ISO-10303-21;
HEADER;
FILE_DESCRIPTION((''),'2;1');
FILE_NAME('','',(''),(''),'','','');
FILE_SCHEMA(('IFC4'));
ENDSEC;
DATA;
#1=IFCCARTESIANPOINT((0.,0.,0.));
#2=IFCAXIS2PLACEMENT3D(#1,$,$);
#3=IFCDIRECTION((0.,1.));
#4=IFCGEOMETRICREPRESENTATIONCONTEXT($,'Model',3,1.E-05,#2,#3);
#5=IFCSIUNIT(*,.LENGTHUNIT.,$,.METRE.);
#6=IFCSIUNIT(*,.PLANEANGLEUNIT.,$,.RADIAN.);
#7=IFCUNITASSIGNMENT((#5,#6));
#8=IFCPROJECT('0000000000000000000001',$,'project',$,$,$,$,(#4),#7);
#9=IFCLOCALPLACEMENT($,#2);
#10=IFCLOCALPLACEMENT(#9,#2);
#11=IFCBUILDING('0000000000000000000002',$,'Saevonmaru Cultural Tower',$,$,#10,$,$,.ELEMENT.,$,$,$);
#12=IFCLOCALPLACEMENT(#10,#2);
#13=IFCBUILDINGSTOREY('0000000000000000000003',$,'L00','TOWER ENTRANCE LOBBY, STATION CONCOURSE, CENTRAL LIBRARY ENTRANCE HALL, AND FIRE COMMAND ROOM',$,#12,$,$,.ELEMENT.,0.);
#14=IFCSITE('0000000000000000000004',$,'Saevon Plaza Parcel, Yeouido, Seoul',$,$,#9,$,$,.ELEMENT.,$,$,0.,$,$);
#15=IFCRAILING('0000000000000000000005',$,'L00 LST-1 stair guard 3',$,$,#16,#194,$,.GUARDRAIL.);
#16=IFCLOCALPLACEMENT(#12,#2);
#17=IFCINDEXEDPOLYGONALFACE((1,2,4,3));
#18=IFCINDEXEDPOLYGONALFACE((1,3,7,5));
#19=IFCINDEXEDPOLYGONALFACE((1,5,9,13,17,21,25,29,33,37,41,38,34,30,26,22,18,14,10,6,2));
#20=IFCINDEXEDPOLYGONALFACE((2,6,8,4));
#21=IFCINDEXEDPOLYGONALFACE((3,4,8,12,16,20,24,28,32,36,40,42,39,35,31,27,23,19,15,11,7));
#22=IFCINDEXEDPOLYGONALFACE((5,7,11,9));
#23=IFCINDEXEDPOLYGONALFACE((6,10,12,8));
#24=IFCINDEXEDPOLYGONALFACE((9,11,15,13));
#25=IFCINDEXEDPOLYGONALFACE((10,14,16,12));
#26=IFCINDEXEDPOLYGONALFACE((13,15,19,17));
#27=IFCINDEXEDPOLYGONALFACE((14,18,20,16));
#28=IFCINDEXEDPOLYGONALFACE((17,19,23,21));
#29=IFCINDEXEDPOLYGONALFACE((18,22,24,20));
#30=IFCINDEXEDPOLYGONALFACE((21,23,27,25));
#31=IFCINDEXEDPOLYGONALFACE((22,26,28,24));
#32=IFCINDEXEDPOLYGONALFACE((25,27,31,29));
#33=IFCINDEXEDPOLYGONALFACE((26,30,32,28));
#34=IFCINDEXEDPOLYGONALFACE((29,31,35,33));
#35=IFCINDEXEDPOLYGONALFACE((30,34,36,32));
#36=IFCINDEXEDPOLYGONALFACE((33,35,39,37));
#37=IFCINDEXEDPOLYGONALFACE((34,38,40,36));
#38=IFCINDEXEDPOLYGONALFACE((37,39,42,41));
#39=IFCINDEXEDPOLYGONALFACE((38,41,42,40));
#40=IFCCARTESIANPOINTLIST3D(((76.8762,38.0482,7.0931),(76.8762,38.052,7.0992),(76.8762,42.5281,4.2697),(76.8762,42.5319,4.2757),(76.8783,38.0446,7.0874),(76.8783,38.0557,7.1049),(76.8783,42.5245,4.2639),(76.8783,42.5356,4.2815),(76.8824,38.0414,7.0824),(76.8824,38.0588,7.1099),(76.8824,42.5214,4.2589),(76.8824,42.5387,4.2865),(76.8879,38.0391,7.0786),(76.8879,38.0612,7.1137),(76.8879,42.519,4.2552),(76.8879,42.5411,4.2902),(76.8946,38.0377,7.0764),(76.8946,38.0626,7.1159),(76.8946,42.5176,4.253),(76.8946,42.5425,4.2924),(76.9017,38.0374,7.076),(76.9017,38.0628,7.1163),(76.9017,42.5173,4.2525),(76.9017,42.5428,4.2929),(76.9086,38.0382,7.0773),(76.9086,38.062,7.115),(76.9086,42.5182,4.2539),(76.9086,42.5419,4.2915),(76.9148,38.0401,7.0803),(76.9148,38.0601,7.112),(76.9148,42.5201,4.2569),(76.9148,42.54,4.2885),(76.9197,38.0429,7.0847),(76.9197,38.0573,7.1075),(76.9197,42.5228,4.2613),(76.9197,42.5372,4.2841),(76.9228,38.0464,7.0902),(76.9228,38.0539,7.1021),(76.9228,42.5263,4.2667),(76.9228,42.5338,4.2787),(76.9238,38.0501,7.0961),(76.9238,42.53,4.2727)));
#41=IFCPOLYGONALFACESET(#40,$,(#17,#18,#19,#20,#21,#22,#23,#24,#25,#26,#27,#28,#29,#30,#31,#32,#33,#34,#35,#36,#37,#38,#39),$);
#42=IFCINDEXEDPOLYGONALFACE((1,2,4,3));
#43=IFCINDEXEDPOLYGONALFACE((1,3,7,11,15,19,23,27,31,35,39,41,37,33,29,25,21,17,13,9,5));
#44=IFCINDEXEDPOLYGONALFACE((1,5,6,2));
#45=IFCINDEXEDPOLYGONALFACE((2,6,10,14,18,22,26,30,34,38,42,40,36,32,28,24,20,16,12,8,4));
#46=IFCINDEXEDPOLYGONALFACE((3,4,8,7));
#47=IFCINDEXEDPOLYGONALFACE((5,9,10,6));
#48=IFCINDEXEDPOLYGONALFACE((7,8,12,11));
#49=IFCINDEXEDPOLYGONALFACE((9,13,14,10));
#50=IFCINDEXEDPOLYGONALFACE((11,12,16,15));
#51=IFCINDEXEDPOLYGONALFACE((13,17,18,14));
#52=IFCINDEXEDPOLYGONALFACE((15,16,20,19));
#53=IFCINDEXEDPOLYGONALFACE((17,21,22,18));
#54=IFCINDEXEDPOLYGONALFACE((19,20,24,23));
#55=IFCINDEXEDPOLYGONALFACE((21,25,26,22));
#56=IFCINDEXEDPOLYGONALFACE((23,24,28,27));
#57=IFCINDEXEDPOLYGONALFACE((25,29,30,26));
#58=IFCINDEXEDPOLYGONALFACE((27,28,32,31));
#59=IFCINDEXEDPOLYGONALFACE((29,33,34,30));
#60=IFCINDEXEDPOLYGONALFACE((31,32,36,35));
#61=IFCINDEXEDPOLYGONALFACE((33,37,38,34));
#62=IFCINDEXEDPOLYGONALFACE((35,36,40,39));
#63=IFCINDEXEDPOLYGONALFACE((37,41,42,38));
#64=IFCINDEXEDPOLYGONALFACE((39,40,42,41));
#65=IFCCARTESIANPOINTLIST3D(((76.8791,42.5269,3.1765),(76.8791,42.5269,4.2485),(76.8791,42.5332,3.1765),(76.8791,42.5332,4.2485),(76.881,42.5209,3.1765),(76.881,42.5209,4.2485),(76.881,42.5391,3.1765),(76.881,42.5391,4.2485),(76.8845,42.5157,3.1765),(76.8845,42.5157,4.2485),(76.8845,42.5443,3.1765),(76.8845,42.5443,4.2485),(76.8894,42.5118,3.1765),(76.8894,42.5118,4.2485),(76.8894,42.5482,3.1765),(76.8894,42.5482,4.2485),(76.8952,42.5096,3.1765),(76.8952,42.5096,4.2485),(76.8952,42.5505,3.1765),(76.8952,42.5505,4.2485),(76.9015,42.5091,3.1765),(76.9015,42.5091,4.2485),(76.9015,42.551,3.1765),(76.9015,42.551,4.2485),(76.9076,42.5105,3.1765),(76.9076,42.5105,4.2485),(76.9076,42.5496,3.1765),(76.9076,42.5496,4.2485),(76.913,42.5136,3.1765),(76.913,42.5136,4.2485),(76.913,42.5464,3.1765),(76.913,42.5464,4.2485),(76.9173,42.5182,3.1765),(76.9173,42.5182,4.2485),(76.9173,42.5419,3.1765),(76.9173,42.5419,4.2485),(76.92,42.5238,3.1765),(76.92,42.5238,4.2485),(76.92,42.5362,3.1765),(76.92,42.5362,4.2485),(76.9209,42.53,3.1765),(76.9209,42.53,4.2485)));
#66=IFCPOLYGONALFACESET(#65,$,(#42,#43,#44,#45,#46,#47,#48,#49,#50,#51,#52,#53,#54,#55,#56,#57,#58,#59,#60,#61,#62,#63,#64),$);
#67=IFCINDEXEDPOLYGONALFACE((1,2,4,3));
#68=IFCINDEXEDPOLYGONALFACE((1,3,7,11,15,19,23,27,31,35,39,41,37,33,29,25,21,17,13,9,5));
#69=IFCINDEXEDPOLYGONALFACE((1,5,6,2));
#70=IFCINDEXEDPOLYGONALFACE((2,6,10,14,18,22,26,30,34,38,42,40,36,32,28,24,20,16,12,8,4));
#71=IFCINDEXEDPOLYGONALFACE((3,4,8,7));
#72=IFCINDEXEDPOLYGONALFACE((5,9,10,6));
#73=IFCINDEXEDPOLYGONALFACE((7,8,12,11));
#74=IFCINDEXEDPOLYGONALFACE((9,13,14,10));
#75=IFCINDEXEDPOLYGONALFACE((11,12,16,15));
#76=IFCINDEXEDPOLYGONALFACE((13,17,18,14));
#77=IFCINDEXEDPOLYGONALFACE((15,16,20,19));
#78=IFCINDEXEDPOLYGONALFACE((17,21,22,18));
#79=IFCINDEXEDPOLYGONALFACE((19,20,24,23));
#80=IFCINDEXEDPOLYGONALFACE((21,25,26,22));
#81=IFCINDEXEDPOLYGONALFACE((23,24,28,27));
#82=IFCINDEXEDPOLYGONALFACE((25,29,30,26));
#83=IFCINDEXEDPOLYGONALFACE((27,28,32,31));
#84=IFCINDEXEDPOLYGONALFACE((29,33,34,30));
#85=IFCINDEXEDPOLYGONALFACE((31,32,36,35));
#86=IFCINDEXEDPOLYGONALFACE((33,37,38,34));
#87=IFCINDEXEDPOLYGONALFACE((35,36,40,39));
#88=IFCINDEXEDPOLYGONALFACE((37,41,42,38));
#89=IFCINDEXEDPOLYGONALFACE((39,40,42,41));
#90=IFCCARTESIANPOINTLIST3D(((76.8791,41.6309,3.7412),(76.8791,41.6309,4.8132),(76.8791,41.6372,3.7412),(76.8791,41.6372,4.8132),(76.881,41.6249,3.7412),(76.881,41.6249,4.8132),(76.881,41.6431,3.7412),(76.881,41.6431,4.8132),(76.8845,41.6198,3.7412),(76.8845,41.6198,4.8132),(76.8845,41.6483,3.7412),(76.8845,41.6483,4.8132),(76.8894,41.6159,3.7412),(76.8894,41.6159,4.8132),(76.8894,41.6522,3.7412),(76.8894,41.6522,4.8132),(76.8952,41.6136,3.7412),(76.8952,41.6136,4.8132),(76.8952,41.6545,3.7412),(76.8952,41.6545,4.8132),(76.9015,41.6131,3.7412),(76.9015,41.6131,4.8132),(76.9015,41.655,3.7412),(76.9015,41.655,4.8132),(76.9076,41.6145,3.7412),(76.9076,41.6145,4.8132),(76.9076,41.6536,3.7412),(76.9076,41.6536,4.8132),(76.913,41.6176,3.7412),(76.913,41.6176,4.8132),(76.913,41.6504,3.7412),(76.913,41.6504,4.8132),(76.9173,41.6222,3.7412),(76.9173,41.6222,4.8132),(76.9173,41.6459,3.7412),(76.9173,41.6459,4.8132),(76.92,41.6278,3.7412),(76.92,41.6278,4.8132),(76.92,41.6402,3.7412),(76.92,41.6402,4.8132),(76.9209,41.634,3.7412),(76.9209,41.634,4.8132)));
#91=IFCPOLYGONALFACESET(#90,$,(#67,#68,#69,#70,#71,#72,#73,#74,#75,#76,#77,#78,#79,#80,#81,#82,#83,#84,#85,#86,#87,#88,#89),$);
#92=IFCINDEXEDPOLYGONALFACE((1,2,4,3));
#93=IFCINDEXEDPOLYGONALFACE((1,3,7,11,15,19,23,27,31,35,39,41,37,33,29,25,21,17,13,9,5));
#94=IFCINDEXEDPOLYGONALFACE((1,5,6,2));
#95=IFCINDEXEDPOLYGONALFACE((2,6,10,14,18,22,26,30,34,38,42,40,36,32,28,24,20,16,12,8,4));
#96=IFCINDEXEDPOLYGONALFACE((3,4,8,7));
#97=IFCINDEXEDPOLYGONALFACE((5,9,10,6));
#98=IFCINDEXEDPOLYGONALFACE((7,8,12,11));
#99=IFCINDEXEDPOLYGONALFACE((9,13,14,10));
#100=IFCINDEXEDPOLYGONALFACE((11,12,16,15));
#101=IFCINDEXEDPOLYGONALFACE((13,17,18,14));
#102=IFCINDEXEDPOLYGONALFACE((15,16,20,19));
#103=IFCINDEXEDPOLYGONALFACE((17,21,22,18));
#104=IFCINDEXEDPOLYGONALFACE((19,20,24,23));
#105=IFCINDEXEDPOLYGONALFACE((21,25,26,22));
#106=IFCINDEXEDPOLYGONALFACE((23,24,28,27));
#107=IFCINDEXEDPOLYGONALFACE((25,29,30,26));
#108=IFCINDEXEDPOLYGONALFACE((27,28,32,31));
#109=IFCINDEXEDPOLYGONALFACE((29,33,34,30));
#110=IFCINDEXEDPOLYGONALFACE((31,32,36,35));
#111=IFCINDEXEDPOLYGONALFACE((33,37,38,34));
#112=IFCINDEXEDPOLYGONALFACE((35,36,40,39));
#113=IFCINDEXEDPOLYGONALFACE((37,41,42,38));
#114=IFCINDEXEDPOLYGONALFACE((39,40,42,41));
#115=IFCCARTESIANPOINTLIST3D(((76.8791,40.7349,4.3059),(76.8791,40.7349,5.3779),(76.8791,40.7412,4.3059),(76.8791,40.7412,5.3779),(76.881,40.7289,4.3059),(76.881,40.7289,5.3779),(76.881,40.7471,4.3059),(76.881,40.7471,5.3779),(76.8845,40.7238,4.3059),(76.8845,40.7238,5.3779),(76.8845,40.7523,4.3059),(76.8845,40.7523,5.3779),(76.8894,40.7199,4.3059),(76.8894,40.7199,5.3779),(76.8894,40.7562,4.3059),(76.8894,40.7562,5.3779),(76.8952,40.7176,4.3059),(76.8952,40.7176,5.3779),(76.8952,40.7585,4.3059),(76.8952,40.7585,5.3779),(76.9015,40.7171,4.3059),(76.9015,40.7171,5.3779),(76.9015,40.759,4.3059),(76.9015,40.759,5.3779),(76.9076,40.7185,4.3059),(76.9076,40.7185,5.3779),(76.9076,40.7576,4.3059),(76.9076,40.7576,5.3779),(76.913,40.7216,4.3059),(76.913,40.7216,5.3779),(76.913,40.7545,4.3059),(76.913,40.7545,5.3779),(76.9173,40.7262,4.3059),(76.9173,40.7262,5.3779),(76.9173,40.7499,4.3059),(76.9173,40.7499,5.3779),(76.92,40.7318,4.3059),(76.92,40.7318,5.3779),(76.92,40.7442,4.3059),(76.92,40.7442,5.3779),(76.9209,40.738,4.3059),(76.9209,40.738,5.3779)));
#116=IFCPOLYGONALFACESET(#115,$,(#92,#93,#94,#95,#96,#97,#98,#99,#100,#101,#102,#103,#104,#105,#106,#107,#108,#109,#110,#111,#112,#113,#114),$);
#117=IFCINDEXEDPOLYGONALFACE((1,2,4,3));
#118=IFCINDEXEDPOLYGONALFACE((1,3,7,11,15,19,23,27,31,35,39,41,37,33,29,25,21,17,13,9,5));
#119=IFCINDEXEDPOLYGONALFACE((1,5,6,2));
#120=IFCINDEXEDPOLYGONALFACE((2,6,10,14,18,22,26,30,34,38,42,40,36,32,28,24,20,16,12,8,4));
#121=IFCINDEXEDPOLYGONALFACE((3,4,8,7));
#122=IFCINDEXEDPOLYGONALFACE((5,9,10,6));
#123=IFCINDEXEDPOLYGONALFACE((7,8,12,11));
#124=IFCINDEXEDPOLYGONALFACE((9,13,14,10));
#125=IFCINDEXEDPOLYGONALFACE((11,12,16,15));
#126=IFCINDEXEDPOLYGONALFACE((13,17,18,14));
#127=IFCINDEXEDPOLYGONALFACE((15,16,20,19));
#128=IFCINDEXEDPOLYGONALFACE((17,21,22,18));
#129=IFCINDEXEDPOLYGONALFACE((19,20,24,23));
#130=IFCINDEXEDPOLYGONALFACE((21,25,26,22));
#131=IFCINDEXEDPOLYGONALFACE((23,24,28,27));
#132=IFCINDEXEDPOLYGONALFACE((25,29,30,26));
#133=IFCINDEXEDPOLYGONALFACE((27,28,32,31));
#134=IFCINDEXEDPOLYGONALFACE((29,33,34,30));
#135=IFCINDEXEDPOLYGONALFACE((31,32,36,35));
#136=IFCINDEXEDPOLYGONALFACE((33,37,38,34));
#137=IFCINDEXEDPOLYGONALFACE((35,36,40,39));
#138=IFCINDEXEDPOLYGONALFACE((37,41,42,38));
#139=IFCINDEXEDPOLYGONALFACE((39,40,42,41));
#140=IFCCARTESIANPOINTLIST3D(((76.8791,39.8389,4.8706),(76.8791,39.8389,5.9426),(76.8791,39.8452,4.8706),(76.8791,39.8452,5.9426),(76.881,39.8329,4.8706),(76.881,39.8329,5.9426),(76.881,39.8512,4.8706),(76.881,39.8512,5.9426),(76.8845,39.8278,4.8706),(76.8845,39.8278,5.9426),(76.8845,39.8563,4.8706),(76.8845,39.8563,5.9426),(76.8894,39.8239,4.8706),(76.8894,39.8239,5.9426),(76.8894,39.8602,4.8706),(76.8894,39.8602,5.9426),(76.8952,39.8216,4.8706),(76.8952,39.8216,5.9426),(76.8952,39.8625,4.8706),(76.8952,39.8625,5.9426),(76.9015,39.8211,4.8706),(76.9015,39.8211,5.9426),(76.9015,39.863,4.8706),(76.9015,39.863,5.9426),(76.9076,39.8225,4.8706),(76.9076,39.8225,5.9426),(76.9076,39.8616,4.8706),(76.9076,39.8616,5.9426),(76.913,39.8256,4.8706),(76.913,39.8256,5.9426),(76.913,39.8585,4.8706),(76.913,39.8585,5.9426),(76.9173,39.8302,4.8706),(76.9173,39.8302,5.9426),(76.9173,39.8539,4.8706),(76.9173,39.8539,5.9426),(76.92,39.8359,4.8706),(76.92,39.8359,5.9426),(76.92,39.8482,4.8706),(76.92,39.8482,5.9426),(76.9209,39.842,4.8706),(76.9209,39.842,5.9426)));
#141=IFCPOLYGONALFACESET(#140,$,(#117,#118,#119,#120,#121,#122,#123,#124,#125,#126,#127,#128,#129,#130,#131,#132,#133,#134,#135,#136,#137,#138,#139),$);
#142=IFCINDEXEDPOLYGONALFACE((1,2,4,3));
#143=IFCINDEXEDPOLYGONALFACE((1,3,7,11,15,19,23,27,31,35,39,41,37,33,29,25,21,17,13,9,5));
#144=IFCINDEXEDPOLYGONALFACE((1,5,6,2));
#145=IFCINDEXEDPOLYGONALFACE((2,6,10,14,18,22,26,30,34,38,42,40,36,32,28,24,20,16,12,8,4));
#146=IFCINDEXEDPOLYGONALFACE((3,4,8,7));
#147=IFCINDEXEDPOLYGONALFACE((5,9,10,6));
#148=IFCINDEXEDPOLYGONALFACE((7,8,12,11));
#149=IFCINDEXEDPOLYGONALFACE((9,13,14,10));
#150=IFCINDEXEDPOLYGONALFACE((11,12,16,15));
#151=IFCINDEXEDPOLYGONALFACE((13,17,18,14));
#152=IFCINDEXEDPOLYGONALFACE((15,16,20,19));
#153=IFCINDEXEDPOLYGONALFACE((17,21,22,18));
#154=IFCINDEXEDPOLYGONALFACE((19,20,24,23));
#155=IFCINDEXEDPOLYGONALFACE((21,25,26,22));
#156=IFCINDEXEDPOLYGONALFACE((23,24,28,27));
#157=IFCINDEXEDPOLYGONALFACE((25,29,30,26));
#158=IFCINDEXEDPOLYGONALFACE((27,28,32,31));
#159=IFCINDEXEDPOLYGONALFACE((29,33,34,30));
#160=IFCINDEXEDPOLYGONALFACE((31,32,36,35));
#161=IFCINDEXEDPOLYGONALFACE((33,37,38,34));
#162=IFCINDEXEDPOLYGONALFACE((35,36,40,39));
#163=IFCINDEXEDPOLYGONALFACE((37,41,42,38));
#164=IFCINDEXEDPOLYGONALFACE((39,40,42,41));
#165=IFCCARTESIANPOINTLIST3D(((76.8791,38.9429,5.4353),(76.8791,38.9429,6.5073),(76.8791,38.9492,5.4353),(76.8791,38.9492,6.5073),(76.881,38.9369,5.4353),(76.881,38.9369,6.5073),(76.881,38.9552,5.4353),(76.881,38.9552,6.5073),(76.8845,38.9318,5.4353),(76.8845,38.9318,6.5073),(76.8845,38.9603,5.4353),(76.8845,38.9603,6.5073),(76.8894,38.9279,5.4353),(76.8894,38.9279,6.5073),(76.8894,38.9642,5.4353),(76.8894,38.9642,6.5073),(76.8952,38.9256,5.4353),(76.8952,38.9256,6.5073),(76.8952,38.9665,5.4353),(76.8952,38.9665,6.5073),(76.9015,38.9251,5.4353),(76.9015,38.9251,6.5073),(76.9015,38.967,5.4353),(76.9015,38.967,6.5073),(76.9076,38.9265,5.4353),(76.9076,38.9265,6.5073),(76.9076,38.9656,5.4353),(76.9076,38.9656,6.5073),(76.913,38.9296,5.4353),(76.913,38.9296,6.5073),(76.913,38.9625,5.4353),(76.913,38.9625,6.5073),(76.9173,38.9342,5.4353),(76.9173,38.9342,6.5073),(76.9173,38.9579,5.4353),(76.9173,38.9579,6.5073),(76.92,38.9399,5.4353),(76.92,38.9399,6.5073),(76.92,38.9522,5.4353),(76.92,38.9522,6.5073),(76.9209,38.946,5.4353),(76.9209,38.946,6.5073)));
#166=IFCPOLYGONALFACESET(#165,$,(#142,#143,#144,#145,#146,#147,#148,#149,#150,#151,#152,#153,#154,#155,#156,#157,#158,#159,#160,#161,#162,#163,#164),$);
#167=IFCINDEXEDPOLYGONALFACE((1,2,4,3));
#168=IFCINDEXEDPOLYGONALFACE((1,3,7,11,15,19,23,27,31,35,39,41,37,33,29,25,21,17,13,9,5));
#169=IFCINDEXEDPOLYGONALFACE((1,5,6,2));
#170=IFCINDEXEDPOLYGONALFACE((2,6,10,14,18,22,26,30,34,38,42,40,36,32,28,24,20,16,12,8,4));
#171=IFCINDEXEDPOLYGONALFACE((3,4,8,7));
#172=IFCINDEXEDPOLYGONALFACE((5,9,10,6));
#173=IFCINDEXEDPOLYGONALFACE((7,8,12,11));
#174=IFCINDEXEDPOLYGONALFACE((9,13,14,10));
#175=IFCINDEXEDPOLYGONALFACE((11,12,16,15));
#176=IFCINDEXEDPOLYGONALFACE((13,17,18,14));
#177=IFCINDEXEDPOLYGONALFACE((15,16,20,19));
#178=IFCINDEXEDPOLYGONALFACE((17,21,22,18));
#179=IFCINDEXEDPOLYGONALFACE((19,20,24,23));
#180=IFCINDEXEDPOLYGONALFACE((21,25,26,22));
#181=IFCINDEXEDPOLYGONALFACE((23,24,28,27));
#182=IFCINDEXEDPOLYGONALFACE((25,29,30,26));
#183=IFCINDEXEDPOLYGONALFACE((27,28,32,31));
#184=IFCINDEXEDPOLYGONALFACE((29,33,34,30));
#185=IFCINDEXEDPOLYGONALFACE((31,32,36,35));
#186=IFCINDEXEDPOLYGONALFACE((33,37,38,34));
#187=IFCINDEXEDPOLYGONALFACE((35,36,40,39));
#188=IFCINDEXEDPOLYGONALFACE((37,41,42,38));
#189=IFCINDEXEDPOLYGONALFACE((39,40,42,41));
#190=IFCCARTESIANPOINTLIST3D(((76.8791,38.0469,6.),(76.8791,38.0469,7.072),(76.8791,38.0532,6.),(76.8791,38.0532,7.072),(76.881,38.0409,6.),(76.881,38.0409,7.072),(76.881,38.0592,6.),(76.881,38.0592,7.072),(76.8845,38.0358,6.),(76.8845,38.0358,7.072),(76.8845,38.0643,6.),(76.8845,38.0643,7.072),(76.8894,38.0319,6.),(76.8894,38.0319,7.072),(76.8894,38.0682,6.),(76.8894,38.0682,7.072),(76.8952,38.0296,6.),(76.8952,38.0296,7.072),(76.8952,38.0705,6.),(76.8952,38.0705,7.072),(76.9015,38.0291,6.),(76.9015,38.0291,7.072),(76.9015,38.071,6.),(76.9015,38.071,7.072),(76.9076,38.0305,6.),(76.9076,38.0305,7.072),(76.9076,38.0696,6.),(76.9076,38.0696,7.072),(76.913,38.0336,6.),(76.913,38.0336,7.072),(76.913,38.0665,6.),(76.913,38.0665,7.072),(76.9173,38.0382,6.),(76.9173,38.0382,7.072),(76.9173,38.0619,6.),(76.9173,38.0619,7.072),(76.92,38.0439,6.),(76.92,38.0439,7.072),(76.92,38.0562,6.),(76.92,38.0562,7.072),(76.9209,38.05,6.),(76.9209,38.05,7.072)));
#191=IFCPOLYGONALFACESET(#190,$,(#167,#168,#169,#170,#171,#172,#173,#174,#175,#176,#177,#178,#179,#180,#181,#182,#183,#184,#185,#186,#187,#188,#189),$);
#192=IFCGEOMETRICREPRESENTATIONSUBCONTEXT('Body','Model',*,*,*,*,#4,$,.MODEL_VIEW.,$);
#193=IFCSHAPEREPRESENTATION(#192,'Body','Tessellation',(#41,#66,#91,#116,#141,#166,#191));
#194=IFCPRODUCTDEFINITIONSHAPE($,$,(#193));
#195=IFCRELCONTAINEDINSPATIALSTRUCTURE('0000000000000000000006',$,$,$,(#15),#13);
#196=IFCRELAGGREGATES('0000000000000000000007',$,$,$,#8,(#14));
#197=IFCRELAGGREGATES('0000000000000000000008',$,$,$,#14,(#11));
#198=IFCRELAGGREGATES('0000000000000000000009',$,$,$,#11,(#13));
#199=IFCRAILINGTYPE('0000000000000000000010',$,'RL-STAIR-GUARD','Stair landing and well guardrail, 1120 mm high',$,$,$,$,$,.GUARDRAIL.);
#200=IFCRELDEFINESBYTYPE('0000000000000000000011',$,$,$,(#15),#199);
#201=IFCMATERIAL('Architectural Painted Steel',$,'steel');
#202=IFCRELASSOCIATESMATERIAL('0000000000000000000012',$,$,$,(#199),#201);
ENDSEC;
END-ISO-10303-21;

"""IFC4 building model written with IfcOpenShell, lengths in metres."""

from ifc_helpers import new_model, si_unit, direction, frame, origin, origin_2d, place, context, subcontext, project, spatial, circle, extrude, material, type_object, element, save


model = new_model("IFC4")

# Units and contexts
model_context = context("Model", 3, precision=1e-05, world=origin(), true_north=direction((0.0, 1.0)))
body_context = subcontext(model_context, "Body", "Model", "MODEL_VIEW")
ifc_project = project(units=[si_unit("LENGTHUNIT", "METRE"), si_unit("PLANEANGLEUNIT", "RADIAN")], contexts=[model_context])

# Site, building, storey
site_placement = place(None, origin())
site = spatial("IfcSite", under=ifc_project, at=site_placement, Name="Saevon Plaza Parcel, Yeouido, Seoul", CompositionType="ELEMENT", RefElevation=0.0)
building_placement = place(site_placement, origin())
building = spatial("IfcBuilding", under=site, at=building_placement, Name="Saevonmaru Cultural Tower", CompositionType="ELEMENT")
storey_placement = place(building_placement, origin())
storey = spatial("IfcBuildingStorey", under=building, at=storey_placement, Name="L00", Description="TOWER ENTRANCE LOBBY, STATION CONCOURSE, CENTRAL LIBRARY ENTRANCE HALL, AND FIRE COMMAND ROOM", CompositionType="ELEMENT", Elevation=0.0)

# Railing
ifc_material_1 = material(Name="Architectural Painted Steel", Category="steel")
railing_type_1 = type_object("IfcRailingType", Name="RL-STAIR-GUARD", Description="Stair landing and well guardrail, 1120 mm high", PredefinedType="GUARDRAIL", material=ifc_material_1)
railing_1_placement = place(storey_placement, frame((76.8999, 42.53, 3.1765)))
element("IfcRailing", 1, at=railing_1_placement, inside=storey, type_object=railing_type_1, Name="L00 LST-1 stair guard 3", PredefinedType="GUARDRAIL", context=body_context, shape_type="SweptSolid", body=[
    extrude(circle(Radius=0.0239, at=origin_2d()), frame((0.0, 0.0, 1.0962), z_axis=(0.0, -0.845998, 0.533186), x_axis=(1.0, 0.0, 0.0)), (0.0, 0.0, 1.0), 5.2954),
    extrude(circle(Radius=0.021, at=origin_2d()), origin(), (0.0, 0.0, 1.0), 1.072),
    extrude(circle(Radius=0.021, at=origin_2d()), frame((0.0, -0.896, 0.5647)), (0.0, 0.0, 1.0), 1.072),
    extrude(circle(Radius=0.021, at=origin_2d()), frame((0.0, -1.792, 1.1294)), (0.0, 0.0, 1.0), 1.072),
    extrude(circle(Radius=0.021, at=origin_2d()), frame((0.0, -2.688, 1.6941)), (0.0, 0.0, 1.0), 1.072),
    extrude(circle(Radius=0.021, at=origin_2d()), frame((0.0, -3.584, 2.2588)), (0.0, 0.0, 1.0), 1.072),
    extrude(circle(Radius=0.021, at=origin_2d()), frame((0.0, -4.48, 2.8235)), (0.0, 0.0, 1.0), 1.072),
])

save(model, "model.ifc")
